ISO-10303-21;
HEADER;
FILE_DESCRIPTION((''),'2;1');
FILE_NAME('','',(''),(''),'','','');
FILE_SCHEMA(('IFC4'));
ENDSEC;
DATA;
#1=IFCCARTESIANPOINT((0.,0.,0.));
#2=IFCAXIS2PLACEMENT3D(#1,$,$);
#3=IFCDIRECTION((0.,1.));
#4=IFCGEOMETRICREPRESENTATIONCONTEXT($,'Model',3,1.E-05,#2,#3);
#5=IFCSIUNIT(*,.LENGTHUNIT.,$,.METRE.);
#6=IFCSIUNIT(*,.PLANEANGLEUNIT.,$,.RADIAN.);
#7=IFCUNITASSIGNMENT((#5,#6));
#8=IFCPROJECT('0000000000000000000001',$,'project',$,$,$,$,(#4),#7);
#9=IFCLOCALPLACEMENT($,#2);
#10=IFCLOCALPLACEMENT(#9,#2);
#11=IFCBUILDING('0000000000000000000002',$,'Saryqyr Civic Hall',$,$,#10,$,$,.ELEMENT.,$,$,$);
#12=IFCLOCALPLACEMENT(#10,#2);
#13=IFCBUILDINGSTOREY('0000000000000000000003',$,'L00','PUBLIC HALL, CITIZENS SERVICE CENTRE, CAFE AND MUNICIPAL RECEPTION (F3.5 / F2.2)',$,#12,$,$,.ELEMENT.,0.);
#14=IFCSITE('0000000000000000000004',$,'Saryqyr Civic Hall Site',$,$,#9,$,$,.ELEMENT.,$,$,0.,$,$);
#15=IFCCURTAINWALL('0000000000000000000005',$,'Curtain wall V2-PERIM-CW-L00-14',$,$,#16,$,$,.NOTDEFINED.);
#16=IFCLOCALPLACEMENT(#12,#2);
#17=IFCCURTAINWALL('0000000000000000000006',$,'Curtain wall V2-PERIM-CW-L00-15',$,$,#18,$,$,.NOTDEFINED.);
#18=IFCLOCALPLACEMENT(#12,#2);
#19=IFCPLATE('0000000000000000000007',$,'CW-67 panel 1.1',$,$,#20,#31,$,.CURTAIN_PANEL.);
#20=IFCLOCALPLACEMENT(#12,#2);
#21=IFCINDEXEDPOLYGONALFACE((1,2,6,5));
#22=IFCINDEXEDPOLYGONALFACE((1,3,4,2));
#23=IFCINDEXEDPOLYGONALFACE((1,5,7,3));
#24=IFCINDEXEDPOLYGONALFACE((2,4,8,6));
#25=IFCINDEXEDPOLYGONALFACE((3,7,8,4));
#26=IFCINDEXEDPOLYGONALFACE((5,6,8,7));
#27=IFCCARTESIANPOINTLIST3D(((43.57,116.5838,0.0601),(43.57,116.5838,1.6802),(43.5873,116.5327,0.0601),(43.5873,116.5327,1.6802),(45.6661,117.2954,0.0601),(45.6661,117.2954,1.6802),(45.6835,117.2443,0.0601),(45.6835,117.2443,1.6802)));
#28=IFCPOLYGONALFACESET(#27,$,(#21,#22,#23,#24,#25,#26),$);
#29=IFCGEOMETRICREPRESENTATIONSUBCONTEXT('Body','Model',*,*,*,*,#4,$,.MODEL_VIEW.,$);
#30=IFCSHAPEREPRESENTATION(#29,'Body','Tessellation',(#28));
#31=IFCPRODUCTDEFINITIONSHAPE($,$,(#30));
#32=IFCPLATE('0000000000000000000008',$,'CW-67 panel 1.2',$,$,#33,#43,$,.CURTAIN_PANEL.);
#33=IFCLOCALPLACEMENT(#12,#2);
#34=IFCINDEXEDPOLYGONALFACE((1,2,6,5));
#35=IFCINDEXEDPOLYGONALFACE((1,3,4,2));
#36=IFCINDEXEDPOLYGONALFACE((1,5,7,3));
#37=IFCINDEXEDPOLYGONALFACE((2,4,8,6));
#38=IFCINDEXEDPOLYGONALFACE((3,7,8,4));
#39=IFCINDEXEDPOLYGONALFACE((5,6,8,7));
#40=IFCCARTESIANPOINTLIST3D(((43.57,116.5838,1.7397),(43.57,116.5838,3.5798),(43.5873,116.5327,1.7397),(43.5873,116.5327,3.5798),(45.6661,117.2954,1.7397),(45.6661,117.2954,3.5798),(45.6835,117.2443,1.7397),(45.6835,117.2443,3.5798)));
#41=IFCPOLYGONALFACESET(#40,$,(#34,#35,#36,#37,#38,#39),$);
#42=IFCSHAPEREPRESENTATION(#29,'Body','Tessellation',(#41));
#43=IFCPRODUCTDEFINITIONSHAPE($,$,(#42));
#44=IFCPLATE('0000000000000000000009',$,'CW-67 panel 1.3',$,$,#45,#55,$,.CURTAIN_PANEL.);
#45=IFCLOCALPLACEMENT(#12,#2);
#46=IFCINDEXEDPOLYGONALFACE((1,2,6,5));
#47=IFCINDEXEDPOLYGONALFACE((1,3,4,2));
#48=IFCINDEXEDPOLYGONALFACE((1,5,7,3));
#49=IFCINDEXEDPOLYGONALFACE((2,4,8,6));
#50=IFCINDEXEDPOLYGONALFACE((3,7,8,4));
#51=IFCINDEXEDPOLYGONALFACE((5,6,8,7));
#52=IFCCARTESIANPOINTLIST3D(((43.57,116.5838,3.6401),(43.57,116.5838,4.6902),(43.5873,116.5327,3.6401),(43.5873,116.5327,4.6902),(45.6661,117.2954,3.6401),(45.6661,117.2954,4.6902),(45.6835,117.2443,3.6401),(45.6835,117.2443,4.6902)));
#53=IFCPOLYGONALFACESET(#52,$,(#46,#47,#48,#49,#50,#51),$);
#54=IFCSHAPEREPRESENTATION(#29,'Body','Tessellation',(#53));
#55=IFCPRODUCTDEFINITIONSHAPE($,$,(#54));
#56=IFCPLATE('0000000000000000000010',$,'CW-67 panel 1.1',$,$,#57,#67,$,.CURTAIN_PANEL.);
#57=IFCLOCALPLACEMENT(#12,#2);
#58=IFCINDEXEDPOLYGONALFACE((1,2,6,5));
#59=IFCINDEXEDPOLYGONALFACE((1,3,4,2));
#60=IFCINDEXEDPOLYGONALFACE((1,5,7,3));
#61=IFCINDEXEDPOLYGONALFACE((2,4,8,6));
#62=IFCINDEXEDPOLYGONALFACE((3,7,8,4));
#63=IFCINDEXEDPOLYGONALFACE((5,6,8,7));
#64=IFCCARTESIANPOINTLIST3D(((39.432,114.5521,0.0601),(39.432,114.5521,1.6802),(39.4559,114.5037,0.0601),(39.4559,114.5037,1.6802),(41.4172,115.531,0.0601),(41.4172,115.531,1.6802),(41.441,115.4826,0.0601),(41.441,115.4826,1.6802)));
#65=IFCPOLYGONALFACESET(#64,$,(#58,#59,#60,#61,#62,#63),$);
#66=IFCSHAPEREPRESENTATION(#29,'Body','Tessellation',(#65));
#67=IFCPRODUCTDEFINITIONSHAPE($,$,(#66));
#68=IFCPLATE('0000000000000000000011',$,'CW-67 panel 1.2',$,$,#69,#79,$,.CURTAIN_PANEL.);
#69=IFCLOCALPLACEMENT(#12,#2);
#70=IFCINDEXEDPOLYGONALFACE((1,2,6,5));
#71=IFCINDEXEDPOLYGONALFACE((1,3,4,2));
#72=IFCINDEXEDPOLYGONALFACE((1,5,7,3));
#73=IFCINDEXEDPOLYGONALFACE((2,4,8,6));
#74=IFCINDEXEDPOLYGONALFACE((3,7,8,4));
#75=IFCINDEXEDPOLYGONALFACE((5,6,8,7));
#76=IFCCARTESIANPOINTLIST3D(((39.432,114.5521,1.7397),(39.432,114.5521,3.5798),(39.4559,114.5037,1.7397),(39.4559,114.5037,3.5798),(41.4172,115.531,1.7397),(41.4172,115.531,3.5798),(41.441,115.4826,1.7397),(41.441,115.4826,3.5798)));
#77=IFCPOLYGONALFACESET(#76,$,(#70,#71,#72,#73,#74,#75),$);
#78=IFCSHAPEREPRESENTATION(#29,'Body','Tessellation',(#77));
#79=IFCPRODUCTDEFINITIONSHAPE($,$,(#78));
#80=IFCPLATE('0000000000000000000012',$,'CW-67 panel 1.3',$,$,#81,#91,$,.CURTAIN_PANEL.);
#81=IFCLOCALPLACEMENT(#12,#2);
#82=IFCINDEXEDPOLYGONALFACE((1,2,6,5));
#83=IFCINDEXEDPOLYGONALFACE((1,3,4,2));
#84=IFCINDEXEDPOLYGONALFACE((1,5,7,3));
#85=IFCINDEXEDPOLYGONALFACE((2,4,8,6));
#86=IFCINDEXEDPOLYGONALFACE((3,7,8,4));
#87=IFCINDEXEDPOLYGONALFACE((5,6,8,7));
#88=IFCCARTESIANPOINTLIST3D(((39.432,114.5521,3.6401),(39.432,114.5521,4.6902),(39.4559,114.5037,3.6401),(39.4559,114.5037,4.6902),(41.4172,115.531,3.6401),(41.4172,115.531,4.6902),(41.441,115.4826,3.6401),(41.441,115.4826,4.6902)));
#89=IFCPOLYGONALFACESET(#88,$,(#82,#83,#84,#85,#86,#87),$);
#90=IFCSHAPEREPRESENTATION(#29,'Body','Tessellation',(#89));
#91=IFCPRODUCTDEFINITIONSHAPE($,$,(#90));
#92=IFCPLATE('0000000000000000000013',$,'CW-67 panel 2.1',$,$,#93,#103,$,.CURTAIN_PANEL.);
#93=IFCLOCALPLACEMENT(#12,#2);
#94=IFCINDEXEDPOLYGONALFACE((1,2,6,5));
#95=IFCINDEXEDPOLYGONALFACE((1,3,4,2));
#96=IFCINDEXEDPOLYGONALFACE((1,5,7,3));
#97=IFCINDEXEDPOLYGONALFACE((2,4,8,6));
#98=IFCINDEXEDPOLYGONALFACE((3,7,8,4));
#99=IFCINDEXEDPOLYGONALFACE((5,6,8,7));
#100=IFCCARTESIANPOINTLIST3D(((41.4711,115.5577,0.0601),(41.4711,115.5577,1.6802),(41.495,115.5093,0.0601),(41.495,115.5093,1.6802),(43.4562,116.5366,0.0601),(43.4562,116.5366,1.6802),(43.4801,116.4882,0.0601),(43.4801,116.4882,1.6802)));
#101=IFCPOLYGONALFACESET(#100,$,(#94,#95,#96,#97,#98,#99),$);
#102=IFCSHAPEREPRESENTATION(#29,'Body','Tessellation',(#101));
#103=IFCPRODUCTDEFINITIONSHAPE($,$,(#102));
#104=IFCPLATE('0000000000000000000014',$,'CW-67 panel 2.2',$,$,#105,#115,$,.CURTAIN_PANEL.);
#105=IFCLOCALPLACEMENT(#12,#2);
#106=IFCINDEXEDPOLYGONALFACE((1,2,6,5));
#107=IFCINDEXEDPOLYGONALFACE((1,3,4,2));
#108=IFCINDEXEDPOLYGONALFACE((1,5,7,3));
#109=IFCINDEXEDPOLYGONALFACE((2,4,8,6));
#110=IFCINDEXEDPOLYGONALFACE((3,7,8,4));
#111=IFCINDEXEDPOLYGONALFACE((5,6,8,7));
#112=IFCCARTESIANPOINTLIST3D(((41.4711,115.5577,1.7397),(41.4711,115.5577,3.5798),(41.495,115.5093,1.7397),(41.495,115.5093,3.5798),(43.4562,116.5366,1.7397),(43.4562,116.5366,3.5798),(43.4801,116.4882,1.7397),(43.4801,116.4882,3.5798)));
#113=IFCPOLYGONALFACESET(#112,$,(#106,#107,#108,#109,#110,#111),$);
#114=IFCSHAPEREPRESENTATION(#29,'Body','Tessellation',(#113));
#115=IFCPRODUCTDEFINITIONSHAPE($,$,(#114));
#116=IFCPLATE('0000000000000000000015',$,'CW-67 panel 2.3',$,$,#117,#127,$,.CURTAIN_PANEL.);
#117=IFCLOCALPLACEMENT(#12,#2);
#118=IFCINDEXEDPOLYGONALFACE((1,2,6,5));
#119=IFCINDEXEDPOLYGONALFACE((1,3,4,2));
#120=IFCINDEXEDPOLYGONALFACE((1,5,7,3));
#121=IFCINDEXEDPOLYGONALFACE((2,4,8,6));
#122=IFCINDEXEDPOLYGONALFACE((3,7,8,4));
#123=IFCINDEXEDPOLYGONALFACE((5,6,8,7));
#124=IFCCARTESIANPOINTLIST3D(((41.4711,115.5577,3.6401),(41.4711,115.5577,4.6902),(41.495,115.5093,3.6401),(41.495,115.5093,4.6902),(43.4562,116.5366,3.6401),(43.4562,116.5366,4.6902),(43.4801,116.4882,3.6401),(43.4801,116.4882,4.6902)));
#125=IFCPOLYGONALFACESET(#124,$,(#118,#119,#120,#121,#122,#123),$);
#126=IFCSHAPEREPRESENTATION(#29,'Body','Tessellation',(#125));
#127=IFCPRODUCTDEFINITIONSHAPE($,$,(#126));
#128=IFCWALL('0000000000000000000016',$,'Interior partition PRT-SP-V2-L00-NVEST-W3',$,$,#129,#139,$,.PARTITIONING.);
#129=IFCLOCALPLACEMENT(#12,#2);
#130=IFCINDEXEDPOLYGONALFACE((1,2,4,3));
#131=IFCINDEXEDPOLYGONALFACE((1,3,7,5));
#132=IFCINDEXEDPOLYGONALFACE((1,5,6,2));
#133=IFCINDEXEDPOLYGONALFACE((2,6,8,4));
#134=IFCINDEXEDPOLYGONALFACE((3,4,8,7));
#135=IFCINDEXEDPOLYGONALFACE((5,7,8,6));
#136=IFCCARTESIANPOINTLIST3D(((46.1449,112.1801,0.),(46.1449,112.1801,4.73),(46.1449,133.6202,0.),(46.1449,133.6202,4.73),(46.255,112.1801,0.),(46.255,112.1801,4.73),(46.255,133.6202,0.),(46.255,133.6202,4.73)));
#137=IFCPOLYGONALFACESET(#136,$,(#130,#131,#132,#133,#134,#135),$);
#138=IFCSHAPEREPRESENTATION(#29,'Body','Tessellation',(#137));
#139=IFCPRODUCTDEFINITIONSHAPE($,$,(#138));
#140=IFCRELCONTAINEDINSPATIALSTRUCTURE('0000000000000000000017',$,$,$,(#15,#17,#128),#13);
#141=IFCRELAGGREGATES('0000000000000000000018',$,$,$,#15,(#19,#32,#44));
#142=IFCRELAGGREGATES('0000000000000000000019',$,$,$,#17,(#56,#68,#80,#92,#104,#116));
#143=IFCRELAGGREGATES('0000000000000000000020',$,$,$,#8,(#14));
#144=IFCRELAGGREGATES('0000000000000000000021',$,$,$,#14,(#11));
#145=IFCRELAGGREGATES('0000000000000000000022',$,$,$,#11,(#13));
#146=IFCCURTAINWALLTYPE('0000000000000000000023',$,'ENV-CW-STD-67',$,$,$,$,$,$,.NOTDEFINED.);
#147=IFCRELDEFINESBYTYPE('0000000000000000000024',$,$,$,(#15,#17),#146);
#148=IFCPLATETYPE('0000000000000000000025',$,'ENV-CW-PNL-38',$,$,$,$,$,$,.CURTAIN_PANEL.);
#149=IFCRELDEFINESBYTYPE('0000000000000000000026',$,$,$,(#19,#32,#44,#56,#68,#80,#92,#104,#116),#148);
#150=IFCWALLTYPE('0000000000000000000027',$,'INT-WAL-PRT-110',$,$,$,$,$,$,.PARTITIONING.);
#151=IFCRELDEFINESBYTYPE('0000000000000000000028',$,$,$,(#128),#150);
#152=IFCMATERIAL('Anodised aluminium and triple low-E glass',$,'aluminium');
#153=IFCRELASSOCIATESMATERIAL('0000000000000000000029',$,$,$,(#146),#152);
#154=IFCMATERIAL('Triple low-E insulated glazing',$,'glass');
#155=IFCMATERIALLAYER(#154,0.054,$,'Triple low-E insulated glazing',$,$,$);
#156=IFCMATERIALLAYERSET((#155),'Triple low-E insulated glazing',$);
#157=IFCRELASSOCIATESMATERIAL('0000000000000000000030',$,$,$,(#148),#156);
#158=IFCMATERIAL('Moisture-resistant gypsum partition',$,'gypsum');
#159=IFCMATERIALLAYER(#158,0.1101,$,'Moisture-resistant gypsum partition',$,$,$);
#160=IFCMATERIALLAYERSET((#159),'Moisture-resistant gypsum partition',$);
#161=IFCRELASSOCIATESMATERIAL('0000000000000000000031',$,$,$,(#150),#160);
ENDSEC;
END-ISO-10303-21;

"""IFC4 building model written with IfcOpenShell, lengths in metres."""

from ifc_helpers import new_model, si_unit, direction, frame, frame_2d, origin, origin_2d, place, context, subcontext, project, spatial, rectangle, extrude, material, layer, layer_set, type_object, element, aggregate, save


model = new_model("IFC4")

# Units and contexts
model_context = context("Model", 3, precision=1e-05, world=origin(), true_north=direction((0.0, 1.0)))
body_context = subcontext(model_context, "Body", "Model", "MODEL_VIEW")
ifc_project = project(units=[si_unit("LENGTHUNIT", "METRE"), si_unit("PLANEANGLEUNIT", "RADIAN")], contexts=[model_context])

# Site, building, storey
site_placement = place(None, origin())
site = spatial("IfcSite", under=ifc_project, at=site_placement, Name="Saryqyr Civic Hall Site", CompositionType="ELEMENT", RefElevation=0.0)
building_placement = place(site_placement, origin())
building = spatial("IfcBuilding", under=site, at=building_placement, Name="Saryqyr Civic Hall", CompositionType="ELEMENT")
storey_placement = place(building_placement, origin())
storey = spatial("IfcBuildingStorey", under=building, at=storey_placement, Name="L00", Description="PUBLIC HALL, CITIZENS SERVICE CENTRE, CAFE AND MUNICIPAL RECEPTION (F3.5 / F2.2)", CompositionType="ELEMENT", Elevation=0.0)

# Shared definitions
ifc_material_1 = material(Name="Anodised aluminium and triple low-E glass", Category="aluminium")

# Curtain walls
curtain_wall_type_1 = type_object("IfcCurtainWallType", Name="ENV-CW-STD-67", PredefinedType="NOTDEFINED", material=ifc_material_1)
curtain_wall_1_placement = place(storey_placement, origin())
curtain_wall_1 = element("IfcCurtainWall", 1, at=curtain_wall_1_placement, inside=storey, type_object=curtain_wall_type_1, Name="Curtain wall V2-PERIM-CW-L00-14", PredefinedType="NOTDEFINED")
curtain_wall_2_placement = place(storey_placement, origin())
curtain_wall_2 = element("IfcCurtainWall", 2, at=curtain_wall_2_placement, inside=storey, type_object=curtain_wall_type_1, Name="Curtain wall V2-PERIM-CW-L00-15", PredefinedType="NOTDEFINED")

# Plates
ifc_material_2 = material(Name="Triple low-E insulated glazing", Category="glass")
ifc_layer_1 = layer(ifc_material_2, 0.054, Name="Triple low-E insulated glazing")
ifc_layer_set_1 = layer_set([ifc_layer_1], Name="Triple low-E insulated glazing")
plate_type = type_object("IfcPlateType", Name="ENV-CW-PNL-38", PredefinedType="CURTAIN_PANEL", material=ifc_layer_set_1)
plate_1_placement = place(storey_placement, frame((44.6267, 116.9141, 0.0601), z_axis=(0.0, 0.0, 1.0), x_axis=(0.946928, 0.321445, 0.0)))
plate_1 = element("IfcPlate", 3, at=plate_1_placement, type_object=plate_type, Name="CW-67 panel 1.1", PredefinedType="CURTAIN_PANEL", context=body_context, shape_type="SweptSolid", body=[
    extrude(rectangle(XDim=2.2136, YDim=0.054, at=origin_2d()), origin(), (0.0, 0.0, 1.0), 1.6201),
])
plate_2_placement = place(storey_placement, frame((44.6267, 116.9141, 1.7397), z_axis=(0.0, 0.0, 1.0), x_axis=(0.946928, 0.321445, 0.0)))
plate_2 = element("IfcPlate", 4, at=plate_2_placement, type_object=plate_type, Name="CW-67 panel 1.2", PredefinedType="CURTAIN_PANEL", context=body_context, shape_type="SweptSolid", body=[
    extrude(rectangle(XDim=2.2136, YDim=0.054, at=origin_2d()), origin(), (0.0, 0.0, 1.0), 1.8401),
])
plate_3_placement = place(storey_placement, frame((44.6267, 116.9141, 3.6401), z_axis=(0.0, 0.0, 1.0), x_axis=(0.946928, 0.321445, 0.0)))
plate_3 = element("IfcPlate", 5, at=plate_3_placement, type_object=plate_type, Name="CW-67 panel 1.3", PredefinedType="CURTAIN_PANEL", context=body_context, shape_type="SweptSolid", body=[
    extrude(rectangle(XDim=2.2136, YDim=0.054, at=origin_2d()), origin(), (0.0, 0.0, 1.0), 1.05),
])
aggregate(curtain_wall_1, [plate_1, plate_2, plate_3])
plate_4_placement = place(storey_placement, frame((40.4365, 115.0173, 0.0601), z_axis=(0.0, 0.0, 1.0), x_axis=(0.896875, 0.442284, 0.0)))
plate_4 = element("IfcPlate", 6, at=plate_4_placement, type_object=plate_type, Name="CW-67 panel 1.1", PredefinedType="CURTAIN_PANEL", context=body_context, shape_type="SweptSolid", body=[
    extrude(rectangle(XDim=2.2134, YDim=0.054, at=origin_2d()), origin(), (0.0, 0.0, 1.0), 1.6201),
])
plate_5_placement = place(storey_placement, frame((40.4365, 115.0173, 1.7397), z_axis=(0.0, 0.0, 1.0), x_axis=(0.896875, 0.442284, 0.0)))
plate_5 = element("IfcPlate", 7, at=plate_5_placement, type_object=plate_type, Name="CW-67 panel 1.2", PredefinedType="CURTAIN_PANEL", context=body_context, shape_type="SweptSolid", body=[
    extrude(rectangle(XDim=2.2134, YDim=0.054, at=origin_2d()), origin(), (0.0, 0.0, 1.0), 1.8401),
])
plate_6_placement = place(storey_placement, frame((40.4365, 115.0173, 3.6401), z_axis=(0.0, 0.0, 1.0), x_axis=(0.896875, 0.442284, 0.0)))
plate_6 = element("IfcPlate", 8, at=plate_6_placement, type_object=plate_type, Name="CW-67 panel 1.3", PredefinedType="CURTAIN_PANEL", context=body_context, shape_type="SweptSolid", body=[
    extrude(rectangle(XDim=2.2134, YDim=0.054, at=origin_2d()), origin(), (0.0, 0.0, 1.0), 1.05),
])
plate_7_placement = place(storey_placement, frame((42.4756, 116.0229, 0.0601), z_axis=(0.0, 0.0, 1.0), x_axis=(0.896875, 0.442284, 0.0)))
plate_7 = element("IfcPlate", 9, at=plate_7_placement, type_object=plate_type, Name="CW-67 panel 2.1", PredefinedType="CURTAIN_PANEL", context=body_context, shape_type="SweptSolid", body=[
    extrude(rectangle(XDim=2.2134, YDim=0.054, at=origin_2d()), origin(), (0.0, 0.0, 1.0), 1.6201),
])
plate_8_placement = place(storey_placement, frame((42.4756, 116.0229, 1.7397), z_axis=(0.0, 0.0, 1.0), x_axis=(0.896875, 0.442284, 0.0)))
plate_8 = element("IfcPlate", 10, at=plate_8_placement, type_object=plate_type, Name="CW-67 panel 2.2", PredefinedType="CURTAIN_PANEL", context=body_context, shape_type="SweptSolid", body=[
    extrude(rectangle(XDim=2.2134, YDim=0.054, at=origin_2d()), origin(), (0.0, 0.0, 1.0), 1.8401),
])
plate_9_placement = place(storey_placement, frame((42.4756, 116.0229, 3.6401), z_axis=(0.0, 0.0, 1.0), x_axis=(0.896875, 0.442284, 0.0)))
plate_9 = element("IfcPlate", 11, at=plate_9_placement, type_object=plate_type, Name="CW-67 panel 2.3", PredefinedType="CURTAIN_PANEL", context=body_context, shape_type="SweptSolid", body=[
    extrude(rectangle(XDim=2.2134, YDim=0.054, at=origin_2d()), origin(), (0.0, 0.0, 1.0), 1.05),
])
aggregate(curtain_wall_2, [plate_4, plate_5, plate_6, plate_7, plate_8, plate_9])

# Wall
ifc_material_3 = material(Name="Moisture-resistant gypsum partition", Category="gypsum")
ifc_layer_2 = layer(ifc_material_3, 0.1101, Name="Moisture-resistant gypsum partition")
ifc_layer_set_2 = layer_set([ifc_layer_2], Name="Moisture-resistant gypsum partition")
wall_type = type_object("IfcWallType", Name="INT-WAL-PRT-110", PredefinedType="PARTITIONING", material=ifc_layer_set_2)
wall_placement = place(storey_placement, frame((46.2, 112.1799, 0.0), z_axis=(0.0, 0.0, 1.0), x_axis=(0.0, 1.0, 0.0)))
element("IfcWall", 12, at=wall_placement, inside=storey, type_object=wall_type, Name="Interior partition PRT-SP-V2-L00-NVEST-W3", PredefinedType="PARTITIONING", context=body_context, shape_type="SweptSolid", body=[
    extrude(rectangle(XDim=21.4402, YDim=0.1101, at=frame_2d((10.7202, 0.0))), origin(), (0.0, 0.0, 1.0), 4.73),
])

save(model, "model.ifc")
